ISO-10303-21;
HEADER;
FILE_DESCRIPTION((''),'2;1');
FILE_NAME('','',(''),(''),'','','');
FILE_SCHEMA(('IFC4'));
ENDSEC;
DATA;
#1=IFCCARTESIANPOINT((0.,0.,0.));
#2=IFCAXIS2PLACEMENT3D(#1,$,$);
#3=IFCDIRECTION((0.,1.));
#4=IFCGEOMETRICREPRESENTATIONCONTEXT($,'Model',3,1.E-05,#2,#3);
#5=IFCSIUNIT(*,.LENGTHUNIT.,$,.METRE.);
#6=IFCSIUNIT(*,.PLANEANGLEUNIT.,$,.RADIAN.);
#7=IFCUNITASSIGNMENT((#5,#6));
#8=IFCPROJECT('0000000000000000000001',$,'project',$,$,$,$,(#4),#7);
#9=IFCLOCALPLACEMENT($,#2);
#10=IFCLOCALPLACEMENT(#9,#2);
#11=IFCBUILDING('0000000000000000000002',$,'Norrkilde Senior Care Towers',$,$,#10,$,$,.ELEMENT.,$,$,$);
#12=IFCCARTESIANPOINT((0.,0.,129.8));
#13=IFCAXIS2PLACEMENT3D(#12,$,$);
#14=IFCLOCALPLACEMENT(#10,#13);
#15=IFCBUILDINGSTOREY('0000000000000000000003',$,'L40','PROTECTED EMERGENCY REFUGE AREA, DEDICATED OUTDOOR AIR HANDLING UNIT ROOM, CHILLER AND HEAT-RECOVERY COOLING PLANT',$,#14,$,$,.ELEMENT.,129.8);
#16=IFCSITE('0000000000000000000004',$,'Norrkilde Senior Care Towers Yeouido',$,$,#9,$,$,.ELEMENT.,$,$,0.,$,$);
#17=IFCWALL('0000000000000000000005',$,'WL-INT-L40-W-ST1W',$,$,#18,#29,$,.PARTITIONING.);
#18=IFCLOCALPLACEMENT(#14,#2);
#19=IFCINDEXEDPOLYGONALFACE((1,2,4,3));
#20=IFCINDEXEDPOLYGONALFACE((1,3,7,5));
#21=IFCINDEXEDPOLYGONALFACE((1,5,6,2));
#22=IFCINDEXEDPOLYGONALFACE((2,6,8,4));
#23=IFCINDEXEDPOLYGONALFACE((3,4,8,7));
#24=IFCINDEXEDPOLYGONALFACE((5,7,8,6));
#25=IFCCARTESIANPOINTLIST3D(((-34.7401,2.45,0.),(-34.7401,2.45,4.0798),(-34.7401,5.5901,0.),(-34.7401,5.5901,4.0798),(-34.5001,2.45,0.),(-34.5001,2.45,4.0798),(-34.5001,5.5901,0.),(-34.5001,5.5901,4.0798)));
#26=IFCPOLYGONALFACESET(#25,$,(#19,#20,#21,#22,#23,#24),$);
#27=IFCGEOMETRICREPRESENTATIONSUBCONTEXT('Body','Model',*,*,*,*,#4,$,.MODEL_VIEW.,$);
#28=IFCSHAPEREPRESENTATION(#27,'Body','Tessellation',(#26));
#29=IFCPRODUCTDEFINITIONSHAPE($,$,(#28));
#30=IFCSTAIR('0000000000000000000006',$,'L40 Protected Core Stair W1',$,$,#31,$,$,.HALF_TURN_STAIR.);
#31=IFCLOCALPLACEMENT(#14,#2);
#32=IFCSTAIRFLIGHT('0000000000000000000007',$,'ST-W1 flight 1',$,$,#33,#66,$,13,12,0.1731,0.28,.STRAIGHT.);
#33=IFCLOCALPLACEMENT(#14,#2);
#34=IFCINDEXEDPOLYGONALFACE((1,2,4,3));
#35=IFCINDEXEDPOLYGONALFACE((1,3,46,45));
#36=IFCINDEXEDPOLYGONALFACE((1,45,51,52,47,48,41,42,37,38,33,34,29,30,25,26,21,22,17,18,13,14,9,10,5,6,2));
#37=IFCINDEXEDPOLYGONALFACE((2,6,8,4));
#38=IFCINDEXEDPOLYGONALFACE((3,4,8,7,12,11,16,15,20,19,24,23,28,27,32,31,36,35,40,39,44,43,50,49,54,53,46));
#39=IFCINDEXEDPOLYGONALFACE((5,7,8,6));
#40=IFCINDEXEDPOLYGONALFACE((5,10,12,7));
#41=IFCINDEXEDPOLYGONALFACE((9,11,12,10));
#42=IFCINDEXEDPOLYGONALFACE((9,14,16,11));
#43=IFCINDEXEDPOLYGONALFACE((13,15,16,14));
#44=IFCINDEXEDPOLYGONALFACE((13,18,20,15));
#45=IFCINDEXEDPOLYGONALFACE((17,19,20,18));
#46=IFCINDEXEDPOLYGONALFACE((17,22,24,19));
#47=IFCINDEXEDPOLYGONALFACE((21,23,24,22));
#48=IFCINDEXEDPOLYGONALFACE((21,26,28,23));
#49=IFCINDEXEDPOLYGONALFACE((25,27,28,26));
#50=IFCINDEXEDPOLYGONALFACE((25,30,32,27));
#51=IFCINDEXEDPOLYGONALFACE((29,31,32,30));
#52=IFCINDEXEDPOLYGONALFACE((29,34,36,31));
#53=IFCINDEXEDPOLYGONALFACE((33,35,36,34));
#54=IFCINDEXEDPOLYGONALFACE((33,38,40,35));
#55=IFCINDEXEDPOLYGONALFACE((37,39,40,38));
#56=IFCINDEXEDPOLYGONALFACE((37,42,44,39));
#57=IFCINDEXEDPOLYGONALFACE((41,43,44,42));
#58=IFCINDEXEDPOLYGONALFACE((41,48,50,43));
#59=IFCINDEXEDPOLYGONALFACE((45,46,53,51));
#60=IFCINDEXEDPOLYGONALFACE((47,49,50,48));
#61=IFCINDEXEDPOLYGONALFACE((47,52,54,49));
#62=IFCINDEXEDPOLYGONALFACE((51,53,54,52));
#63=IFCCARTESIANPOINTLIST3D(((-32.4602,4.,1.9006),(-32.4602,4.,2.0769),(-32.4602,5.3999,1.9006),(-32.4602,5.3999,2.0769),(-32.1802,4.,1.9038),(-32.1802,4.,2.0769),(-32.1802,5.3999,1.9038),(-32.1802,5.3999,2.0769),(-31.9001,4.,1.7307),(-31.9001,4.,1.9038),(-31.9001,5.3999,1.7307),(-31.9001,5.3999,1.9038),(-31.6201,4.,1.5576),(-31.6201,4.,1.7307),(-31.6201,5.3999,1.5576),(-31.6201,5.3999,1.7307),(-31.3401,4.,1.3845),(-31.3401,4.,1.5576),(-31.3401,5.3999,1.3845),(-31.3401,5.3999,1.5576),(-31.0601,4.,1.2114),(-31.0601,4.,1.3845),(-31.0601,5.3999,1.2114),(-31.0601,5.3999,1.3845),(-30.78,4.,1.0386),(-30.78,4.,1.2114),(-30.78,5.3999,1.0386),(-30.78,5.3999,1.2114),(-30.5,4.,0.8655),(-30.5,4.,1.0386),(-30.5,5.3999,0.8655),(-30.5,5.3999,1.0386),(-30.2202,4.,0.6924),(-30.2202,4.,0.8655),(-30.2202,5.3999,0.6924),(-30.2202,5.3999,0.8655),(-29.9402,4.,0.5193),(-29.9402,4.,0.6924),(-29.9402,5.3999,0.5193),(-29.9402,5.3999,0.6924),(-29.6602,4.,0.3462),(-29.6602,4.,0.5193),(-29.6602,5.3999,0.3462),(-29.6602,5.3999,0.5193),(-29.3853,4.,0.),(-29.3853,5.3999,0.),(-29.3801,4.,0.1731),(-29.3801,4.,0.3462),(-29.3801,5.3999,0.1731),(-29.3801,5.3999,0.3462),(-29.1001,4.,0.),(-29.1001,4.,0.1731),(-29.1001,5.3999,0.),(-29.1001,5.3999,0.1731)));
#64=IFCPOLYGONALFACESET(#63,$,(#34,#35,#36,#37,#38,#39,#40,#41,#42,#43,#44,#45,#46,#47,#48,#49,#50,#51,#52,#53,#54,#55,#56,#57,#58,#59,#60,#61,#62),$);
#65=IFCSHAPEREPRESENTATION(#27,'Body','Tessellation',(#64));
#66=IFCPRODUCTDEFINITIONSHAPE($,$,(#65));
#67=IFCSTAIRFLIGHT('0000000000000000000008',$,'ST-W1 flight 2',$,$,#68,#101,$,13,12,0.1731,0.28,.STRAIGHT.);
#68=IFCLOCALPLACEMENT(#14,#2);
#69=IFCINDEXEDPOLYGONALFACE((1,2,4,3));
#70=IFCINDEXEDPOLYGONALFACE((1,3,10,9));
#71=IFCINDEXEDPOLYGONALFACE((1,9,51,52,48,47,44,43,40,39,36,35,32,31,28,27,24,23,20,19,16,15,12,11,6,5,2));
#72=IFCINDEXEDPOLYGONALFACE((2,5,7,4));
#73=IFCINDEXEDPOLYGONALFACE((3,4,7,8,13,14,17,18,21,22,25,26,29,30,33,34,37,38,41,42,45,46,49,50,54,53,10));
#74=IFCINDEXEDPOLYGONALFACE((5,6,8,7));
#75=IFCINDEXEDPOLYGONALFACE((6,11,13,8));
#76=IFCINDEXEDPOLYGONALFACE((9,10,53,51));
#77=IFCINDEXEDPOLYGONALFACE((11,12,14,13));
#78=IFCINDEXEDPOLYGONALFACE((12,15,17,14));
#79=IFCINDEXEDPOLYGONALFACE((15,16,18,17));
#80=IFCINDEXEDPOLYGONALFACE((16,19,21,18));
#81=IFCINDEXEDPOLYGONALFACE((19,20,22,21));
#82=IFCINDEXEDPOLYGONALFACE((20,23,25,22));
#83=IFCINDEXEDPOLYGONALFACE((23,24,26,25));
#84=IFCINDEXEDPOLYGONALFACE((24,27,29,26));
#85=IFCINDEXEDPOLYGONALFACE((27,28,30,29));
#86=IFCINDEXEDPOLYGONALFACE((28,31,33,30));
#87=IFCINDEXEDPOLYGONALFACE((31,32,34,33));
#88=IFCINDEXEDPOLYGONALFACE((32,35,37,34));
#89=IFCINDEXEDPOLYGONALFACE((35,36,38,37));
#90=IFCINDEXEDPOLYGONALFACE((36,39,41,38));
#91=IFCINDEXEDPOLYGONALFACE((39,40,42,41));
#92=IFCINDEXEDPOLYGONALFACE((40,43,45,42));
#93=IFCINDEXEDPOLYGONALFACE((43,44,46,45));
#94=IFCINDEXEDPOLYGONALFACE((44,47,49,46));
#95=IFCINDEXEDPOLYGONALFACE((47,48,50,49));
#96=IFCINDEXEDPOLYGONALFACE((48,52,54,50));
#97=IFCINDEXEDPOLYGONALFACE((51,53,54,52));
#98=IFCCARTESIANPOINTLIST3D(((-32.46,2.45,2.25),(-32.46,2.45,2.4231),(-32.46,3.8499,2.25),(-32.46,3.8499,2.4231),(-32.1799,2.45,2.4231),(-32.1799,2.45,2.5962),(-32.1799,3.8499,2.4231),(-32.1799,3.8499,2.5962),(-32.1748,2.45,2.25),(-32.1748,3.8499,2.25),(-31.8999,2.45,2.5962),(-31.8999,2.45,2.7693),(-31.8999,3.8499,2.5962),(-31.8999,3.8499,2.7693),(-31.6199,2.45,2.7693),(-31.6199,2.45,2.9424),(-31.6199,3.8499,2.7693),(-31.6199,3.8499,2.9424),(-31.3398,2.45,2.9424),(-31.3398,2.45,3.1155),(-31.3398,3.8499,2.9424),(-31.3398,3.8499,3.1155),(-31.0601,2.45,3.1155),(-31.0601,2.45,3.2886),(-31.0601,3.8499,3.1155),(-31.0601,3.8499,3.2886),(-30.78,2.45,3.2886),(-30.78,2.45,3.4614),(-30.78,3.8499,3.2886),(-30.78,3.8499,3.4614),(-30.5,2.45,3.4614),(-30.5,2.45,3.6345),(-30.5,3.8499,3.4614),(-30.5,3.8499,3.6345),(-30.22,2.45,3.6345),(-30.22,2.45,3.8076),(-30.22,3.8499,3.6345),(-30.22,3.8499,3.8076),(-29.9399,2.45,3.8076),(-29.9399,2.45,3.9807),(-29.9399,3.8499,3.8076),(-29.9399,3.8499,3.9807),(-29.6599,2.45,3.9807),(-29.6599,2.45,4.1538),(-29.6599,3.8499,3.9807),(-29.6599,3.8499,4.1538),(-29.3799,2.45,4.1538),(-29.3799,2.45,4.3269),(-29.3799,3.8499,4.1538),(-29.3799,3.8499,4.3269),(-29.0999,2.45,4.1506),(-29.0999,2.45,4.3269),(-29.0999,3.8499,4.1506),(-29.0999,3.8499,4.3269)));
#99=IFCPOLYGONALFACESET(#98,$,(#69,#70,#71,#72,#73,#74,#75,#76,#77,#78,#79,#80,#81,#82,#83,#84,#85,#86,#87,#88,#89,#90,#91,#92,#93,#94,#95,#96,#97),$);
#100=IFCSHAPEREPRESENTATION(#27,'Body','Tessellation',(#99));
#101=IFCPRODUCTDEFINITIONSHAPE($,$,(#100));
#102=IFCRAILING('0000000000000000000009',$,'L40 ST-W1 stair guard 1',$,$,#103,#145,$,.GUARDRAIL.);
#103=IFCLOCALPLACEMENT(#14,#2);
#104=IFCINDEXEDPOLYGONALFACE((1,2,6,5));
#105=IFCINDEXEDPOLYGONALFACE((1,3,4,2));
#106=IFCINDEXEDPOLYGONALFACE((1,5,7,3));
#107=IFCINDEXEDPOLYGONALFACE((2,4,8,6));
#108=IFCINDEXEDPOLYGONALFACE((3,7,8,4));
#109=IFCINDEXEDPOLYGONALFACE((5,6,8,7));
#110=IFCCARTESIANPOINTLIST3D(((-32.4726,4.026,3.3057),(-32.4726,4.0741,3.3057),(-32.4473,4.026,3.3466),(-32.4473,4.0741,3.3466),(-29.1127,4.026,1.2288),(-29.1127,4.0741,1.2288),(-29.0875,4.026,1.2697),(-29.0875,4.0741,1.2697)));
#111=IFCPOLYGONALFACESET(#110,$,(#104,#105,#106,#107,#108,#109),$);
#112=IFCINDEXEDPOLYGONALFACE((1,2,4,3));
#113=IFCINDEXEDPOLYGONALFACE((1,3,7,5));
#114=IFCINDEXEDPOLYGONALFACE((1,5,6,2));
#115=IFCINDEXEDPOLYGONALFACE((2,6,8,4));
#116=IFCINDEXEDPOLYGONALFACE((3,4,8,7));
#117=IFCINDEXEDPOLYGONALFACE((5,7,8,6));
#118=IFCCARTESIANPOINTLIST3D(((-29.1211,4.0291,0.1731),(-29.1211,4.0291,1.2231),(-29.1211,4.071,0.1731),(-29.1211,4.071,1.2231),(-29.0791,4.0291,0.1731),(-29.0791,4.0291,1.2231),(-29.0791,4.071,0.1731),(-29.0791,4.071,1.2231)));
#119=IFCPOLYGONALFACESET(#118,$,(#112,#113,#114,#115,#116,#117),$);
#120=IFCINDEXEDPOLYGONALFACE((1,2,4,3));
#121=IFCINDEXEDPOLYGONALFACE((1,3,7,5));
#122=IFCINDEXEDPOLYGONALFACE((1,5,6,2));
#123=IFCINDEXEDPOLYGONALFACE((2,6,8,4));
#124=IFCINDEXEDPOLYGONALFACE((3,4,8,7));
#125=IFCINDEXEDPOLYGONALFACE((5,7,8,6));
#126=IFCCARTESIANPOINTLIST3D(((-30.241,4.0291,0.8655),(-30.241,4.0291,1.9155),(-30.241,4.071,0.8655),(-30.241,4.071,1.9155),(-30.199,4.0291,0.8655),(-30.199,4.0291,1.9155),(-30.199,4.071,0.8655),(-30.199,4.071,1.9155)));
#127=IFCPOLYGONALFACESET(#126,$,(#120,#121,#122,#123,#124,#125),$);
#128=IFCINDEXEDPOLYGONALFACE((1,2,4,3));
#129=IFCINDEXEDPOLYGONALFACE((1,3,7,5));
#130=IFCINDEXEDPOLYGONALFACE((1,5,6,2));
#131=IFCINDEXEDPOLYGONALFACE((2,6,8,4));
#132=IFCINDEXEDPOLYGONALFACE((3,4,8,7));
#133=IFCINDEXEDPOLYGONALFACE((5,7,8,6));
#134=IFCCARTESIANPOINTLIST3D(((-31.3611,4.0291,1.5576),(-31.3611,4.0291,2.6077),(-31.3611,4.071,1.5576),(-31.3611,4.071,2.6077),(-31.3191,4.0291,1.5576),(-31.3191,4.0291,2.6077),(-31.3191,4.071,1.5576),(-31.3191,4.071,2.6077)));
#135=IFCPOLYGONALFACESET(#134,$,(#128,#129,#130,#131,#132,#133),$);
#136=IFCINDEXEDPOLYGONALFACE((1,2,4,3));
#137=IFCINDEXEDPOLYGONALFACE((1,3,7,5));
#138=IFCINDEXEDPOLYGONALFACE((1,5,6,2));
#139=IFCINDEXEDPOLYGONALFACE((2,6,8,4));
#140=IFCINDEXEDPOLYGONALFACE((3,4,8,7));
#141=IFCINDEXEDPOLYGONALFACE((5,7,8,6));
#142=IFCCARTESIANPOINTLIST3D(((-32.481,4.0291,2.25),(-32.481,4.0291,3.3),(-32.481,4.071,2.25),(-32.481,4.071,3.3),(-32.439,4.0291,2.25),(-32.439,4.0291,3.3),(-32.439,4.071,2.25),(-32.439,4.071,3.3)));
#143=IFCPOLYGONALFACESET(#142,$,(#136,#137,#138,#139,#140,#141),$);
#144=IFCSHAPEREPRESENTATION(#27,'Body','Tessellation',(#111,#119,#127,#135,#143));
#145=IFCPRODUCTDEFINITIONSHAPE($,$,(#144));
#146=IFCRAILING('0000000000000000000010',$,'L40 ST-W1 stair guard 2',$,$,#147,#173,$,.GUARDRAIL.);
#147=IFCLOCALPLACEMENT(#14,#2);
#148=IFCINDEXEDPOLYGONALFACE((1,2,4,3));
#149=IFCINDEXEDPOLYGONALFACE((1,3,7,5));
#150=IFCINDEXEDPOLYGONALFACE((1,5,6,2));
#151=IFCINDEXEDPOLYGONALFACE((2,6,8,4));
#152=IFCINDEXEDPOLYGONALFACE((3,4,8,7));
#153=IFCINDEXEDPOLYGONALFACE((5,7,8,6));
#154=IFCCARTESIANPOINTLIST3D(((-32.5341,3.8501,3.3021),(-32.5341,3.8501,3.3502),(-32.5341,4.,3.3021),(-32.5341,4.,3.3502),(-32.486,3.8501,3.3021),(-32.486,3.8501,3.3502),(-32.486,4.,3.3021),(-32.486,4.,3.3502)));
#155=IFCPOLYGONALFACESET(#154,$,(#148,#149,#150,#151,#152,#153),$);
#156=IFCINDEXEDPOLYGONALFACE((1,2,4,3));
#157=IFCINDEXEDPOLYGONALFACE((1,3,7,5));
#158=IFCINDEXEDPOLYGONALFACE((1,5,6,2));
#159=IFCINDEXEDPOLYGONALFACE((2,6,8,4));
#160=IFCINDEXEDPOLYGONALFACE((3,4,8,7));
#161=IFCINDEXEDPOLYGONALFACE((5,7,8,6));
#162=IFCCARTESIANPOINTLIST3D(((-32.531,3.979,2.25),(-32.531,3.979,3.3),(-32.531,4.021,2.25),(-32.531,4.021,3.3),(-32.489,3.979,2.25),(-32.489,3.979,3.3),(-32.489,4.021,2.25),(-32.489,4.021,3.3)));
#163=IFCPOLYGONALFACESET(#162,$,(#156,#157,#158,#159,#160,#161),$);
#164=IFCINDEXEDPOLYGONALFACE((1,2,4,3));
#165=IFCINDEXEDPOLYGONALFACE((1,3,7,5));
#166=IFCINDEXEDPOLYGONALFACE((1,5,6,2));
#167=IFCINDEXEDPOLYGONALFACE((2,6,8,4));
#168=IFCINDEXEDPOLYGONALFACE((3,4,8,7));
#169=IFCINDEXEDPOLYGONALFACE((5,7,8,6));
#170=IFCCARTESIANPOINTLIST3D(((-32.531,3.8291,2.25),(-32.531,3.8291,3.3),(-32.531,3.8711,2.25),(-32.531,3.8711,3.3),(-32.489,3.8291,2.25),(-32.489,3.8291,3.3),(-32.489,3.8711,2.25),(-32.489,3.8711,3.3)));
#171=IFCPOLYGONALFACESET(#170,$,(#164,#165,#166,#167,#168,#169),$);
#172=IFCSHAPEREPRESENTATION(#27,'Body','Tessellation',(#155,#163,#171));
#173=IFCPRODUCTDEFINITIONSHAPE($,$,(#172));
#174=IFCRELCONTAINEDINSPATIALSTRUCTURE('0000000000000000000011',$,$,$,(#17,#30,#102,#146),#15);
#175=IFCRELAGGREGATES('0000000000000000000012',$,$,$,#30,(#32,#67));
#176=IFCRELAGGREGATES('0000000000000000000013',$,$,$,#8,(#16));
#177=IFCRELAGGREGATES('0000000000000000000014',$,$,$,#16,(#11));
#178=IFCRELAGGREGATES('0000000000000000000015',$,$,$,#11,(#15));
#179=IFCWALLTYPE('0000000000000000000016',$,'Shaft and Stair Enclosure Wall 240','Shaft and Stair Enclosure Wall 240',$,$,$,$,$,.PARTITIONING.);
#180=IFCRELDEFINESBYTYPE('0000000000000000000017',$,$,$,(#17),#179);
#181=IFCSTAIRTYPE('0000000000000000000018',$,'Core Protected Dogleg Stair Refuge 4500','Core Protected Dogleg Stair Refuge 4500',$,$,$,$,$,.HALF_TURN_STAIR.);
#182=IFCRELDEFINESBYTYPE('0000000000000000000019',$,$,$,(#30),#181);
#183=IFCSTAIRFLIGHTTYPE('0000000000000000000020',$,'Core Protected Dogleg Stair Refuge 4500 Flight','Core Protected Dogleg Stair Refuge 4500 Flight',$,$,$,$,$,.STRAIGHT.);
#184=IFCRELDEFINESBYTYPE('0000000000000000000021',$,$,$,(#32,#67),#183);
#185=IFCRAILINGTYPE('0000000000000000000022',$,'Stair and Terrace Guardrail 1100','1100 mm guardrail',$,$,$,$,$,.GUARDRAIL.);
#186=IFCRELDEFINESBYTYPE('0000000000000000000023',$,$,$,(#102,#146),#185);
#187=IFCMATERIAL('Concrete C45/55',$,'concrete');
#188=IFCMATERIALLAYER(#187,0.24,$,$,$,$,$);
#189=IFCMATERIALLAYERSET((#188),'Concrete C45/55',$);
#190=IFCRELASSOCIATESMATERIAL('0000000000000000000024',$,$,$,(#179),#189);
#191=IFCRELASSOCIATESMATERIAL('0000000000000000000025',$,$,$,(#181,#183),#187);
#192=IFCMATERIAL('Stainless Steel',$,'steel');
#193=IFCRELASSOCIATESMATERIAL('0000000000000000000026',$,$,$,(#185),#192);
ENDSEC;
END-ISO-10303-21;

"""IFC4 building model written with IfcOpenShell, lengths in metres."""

from ifc_helpers import new_model, si_unit, direction, frame, frame_2d, origin, origin_2d, place, context, subcontext, project, spatial, polyline, rectangle, outline, extrude, source, transform, mapped, material, layer, layer_set, type_object, type_shapes, element, aggregate, save


model = new_model("IFC4")

# Units and contexts
model_context = context("Model", 3, precision=1e-05, world=origin(), true_north=direction((0.0, 1.0)))
body_context = subcontext(model_context, "Body", "Model", "MODEL_VIEW")
ifc_project = project(units=[si_unit("LENGTHUNIT", "METRE"), si_unit("PLANEANGLEUNIT", "RADIAN")], contexts=[model_context])

# Site, building, storey
site_placement = place(None, origin())
site = spatial("IfcSite", under=ifc_project, at=site_placement, Name="Norrkilde Senior Care Towers Yeouido", CompositionType="ELEMENT", RefElevation=0.0)
building_placement = place(site_placement, origin())
building = spatial("IfcBuilding", under=site, at=building_placement, Name="Norrkilde Senior Care Towers", CompositionType="ELEMENT")
storey_placement = place(building_placement, frame((0.0, 0.0, 129.8)))
storey = spatial("IfcBuildingStorey", under=building, at=storey_placement, Name="L40", Description="PROTECTED EMERGENCY REFUGE AREA, DEDICATED OUTDOOR AIR HANDLING UNIT ROOM, CHILLER AND HEAT-RECOVERY COOLING PLANT", CompositionType="ELEMENT", Elevation=129.8)

# Wall
ifc_material_1 = material(Name="Concrete C45/55", Category="concrete")
ifc_layer_1 = layer(ifc_material_1, 0.24)
ifc_layer_set_1 = layer_set([ifc_layer_1], Name="Concrete C45/55")
wall_type_1 = type_object("IfcWallType", Name="Shaft and Stair Enclosure Wall 240", Description="Shaft and Stair Enclosure Wall 240", PredefinedType="PARTITIONING", material=ifc_layer_set_1)
shared_shape_1 = source(origin(), body_context, "Body", "SweptSolid", [
    extrude(rectangle(XDim=3.1401, YDim=0.24, at=frame_2d((1.5701, 0.0))), origin(), (0.0, 0.0, 1.0), 4.0798),
])
type_shapes(wall_type_1, [shared_shape_1])
wall_1_placement = place(storey_placement, frame((-34.6201, 2.45, 0.0), z_axis=(0.0, 0.0, 1.0), x_axis=(0.0, 1.0, 0.0)))
element("IfcWall", 1, at=wall_1_placement, inside=storey, type_object=wall_type_1, Name="WL-INT-L40-W-ST1W", PredefinedType="PARTITIONING", context=body_context, shape_type="MappedRepresentation", body=[
    mapped(shared_shape_1, transform((0.0, 0.0, 0.0), x_axis=(1.0, 0.0, 0.0), y_axis=(0.0, 1.0, 0.0), z_axis=(0.0, 0.0, 1.0), scale=1.0)),
])

# Stair, stair flights
stair_type = type_object("IfcStairType", Name="Core Protected Dogleg Stair Refuge 4500", Description="Core Protected Dogleg Stair Refuge 4500", PredefinedType="HALF_TURN_STAIR", material=ifc_material_1)
stair_placement = place(storey_placement, origin())
stair = element("IfcStair", 2, at=stair_placement, inside=storey, type_object=stair_type, Name="L40 Protected Core Stair W1", PredefinedType="HALF_TURN_STAIR")
stair_flight_type = type_object("IfcStairFlightType", Name="Core Protected Dogleg Stair Refuge 4500 Flight", Description="Core Protected Dogleg Stair Refuge 4500 Flight", PredefinedType="STRAIGHT", material=ifc_material_1)
stair_flight_1_placement = place(storey_placement, frame((-29.1001, 4.7, 0.0), z_axis=(0.0, 0.0, 1.0), x_axis=(-1.0, 0.0, 0.0)))
stair_flight_1 = element("IfcStairFlight", 3, at=stair_flight_1_placement, type_object=stair_flight_type, Name="ST-W1 flight 1", NumberOfRisers=13, NumberOfTreads=12, PredefinedType="STRAIGHT", RiserHeight=0.1731, TreadLength=0.28, context=body_context, shape_type="SweptSolid", body=[
    extrude(outline(polyline([(0.0, 0.0), (0.0, 0.1731), (0.28, 0.1731), (0.28, 0.3462), (0.5601, 0.3462), (0.5601, 0.5193), (0.8401, 0.5193), (0.8401, 0.6924), (1.1201, 0.6924), (1.1201, 0.8655), (1.3999, 0.8655), (1.3999, 1.0386), (1.6799, 1.0386), (1.6799, 1.2114), (1.96, 1.2114), (1.96, 1.3845), (2.24, 1.3845), (2.24, 1.5576), (2.52, 1.5576), (2.52, 1.7307), (2.8, 1.7307), (2.8, 1.9038), (3.0801, 1.9038), (3.0801, 2.0769), (3.3601, 2.0769), (3.3601, 2.25), (3.3601, 1.9006), (0.2852, 0.0), (0.0, 0.0)])), frame((0.0, 0.7, 0.0), z_axis=(0.0, -1.0, 0.0), x_axis=(1.0, 0.0, 0.0)), (0.0, 0.0, 1.0), 1.3999),
])
stair_flight_2_placement = place(storey_placement, frame((-32.46, 3.1499, 2.25), z_axis=(0.0, 0.0, 1.0), x_axis=(1.0, 0.0, 0.0)))
stair_flight_2 = element("IfcStairFlight", 4, at=stair_flight_2_placement, type_object=stair_flight_type, Name="ST-W1 flight 2", NumberOfRisers=13, NumberOfTreads=12, PredefinedType="STRAIGHT", RiserHeight=0.1731, TreadLength=0.28, context=body_context, shape_type="SweptSolid", body=[
    extrude(outline(polyline([(0.0, 0.0), (0.0, 0.1731), (0.28, 0.1731), (0.28, 0.3462), (0.5601, 0.3462), (0.5601, 0.5193), (0.8401, 0.5193), (0.8401, 0.6924), (1.1201, 0.6924), (1.1201, 0.8655), (1.3999, 0.8655), (1.3999, 1.0386), (1.6799, 1.0386), (1.6799, 1.2114), (1.96, 1.2114), (1.96, 1.3845), (2.24, 1.3845), (2.24, 1.5576), (2.52, 1.5576), (2.52, 1.7307), (2.8, 1.7307), (2.8, 1.9038), (3.0801, 1.9038), (3.0801, 2.0769), (3.3601, 2.0769), (3.3601, 2.25), (3.3601, 1.9006), (0.2852, 0.0), (0.0, 0.0)])), frame((0.0, 0.7, 0.0), z_axis=(0.0, -1.0, 0.0), x_axis=(1.0, 0.0, 0.0)), (0.0, 0.0, 1.0), 1.3999),
])
aggregate(stair, [stair_flight_1, stair_flight_2])

# Railings
ifc_material_2 = material(Name="Stainless Steel", Category="steel")
railing_type_1 = type_object("IfcRailingType", Name="Stair and Terrace Guardrail 1100", Description="1100 mm guardrail", PredefinedType="GUARDRAIL", material=ifc_material_2)
railing_1_placement = place(storey_placement, frame((-29.1001, 4.05, 0.1731)))
element("IfcRailing", 5, at=railing_1_placement, inside=storey, type_object=railing_type_1, Name="L40 ST-W1 stair guard 1", PredefinedType="GUARDRAIL", context=body_context, shape_type="SweptSolid", body=[
    extrude(rectangle(XDim=0.0481, YDim=0.0481, at=origin_2d()), frame((0.0, 0.0, 1.0762), z_axis=(-0.850606, 0.0, 0.525803), x_axis=(0.0, -1.0, 0.0)), (0.0, 0.0, 1.0), 3.95),
    extrude(rectangle(XDim=0.042, YDim=0.042, at=origin_2d()), origin(), (0.0, 0.0, 1.0), 1.05),
    extrude(rectangle(XDim=0.042, YDim=0.042, at=origin_2d()), frame((-1.1199, 0.0, 0.6924)), (0.0, 0.0, 1.0), 1.05),
    extrude(rectangle(XDim=0.042, YDim=0.042, at=origin_2d()), frame((-2.24, 0.0, 1.3845)), (0.0, 0.0, 1.0), 1.05),
    extrude(rectangle(XDim=0.042, YDim=0.042, at=origin_2d()), frame((-3.3599, 0.0, 2.0769)), (0.0, 0.0, 1.0), 1.05),
])
railing_2_placement = place(storey_placement, frame((-32.51, 4.0, 2.25)))
element("IfcRailing", 6, at=railing_2_placement, inside=storey, type_object=railing_type_1, Name="L40 ST-W1 stair guard 2", PredefinedType="GUARDRAIL", context=body_context, shape_type="SweptSolid", body=[
    extrude(rectangle(XDim=0.0481, YDim=0.0481, at=origin_2d()), frame((0.0, 0.0, 1.0762), z_axis=(0.0, -1.0, 0.0), x_axis=(1.0, 0.0, 0.0)), (0.0, 0.0, 1.0), 0.1499),
    extrude(rectangle(XDim=0.042, YDim=0.042, at=origin_2d()), origin(), (0.0, 0.0, 1.0), 1.05),
    extrude(rectangle(XDim=0.042, YDim=0.042, at=origin_2d()), frame((0.0, -0.1499, 0.0)), (0.0, 0.0, 1.0), 1.05),
])

save(model, "model.ifc")
